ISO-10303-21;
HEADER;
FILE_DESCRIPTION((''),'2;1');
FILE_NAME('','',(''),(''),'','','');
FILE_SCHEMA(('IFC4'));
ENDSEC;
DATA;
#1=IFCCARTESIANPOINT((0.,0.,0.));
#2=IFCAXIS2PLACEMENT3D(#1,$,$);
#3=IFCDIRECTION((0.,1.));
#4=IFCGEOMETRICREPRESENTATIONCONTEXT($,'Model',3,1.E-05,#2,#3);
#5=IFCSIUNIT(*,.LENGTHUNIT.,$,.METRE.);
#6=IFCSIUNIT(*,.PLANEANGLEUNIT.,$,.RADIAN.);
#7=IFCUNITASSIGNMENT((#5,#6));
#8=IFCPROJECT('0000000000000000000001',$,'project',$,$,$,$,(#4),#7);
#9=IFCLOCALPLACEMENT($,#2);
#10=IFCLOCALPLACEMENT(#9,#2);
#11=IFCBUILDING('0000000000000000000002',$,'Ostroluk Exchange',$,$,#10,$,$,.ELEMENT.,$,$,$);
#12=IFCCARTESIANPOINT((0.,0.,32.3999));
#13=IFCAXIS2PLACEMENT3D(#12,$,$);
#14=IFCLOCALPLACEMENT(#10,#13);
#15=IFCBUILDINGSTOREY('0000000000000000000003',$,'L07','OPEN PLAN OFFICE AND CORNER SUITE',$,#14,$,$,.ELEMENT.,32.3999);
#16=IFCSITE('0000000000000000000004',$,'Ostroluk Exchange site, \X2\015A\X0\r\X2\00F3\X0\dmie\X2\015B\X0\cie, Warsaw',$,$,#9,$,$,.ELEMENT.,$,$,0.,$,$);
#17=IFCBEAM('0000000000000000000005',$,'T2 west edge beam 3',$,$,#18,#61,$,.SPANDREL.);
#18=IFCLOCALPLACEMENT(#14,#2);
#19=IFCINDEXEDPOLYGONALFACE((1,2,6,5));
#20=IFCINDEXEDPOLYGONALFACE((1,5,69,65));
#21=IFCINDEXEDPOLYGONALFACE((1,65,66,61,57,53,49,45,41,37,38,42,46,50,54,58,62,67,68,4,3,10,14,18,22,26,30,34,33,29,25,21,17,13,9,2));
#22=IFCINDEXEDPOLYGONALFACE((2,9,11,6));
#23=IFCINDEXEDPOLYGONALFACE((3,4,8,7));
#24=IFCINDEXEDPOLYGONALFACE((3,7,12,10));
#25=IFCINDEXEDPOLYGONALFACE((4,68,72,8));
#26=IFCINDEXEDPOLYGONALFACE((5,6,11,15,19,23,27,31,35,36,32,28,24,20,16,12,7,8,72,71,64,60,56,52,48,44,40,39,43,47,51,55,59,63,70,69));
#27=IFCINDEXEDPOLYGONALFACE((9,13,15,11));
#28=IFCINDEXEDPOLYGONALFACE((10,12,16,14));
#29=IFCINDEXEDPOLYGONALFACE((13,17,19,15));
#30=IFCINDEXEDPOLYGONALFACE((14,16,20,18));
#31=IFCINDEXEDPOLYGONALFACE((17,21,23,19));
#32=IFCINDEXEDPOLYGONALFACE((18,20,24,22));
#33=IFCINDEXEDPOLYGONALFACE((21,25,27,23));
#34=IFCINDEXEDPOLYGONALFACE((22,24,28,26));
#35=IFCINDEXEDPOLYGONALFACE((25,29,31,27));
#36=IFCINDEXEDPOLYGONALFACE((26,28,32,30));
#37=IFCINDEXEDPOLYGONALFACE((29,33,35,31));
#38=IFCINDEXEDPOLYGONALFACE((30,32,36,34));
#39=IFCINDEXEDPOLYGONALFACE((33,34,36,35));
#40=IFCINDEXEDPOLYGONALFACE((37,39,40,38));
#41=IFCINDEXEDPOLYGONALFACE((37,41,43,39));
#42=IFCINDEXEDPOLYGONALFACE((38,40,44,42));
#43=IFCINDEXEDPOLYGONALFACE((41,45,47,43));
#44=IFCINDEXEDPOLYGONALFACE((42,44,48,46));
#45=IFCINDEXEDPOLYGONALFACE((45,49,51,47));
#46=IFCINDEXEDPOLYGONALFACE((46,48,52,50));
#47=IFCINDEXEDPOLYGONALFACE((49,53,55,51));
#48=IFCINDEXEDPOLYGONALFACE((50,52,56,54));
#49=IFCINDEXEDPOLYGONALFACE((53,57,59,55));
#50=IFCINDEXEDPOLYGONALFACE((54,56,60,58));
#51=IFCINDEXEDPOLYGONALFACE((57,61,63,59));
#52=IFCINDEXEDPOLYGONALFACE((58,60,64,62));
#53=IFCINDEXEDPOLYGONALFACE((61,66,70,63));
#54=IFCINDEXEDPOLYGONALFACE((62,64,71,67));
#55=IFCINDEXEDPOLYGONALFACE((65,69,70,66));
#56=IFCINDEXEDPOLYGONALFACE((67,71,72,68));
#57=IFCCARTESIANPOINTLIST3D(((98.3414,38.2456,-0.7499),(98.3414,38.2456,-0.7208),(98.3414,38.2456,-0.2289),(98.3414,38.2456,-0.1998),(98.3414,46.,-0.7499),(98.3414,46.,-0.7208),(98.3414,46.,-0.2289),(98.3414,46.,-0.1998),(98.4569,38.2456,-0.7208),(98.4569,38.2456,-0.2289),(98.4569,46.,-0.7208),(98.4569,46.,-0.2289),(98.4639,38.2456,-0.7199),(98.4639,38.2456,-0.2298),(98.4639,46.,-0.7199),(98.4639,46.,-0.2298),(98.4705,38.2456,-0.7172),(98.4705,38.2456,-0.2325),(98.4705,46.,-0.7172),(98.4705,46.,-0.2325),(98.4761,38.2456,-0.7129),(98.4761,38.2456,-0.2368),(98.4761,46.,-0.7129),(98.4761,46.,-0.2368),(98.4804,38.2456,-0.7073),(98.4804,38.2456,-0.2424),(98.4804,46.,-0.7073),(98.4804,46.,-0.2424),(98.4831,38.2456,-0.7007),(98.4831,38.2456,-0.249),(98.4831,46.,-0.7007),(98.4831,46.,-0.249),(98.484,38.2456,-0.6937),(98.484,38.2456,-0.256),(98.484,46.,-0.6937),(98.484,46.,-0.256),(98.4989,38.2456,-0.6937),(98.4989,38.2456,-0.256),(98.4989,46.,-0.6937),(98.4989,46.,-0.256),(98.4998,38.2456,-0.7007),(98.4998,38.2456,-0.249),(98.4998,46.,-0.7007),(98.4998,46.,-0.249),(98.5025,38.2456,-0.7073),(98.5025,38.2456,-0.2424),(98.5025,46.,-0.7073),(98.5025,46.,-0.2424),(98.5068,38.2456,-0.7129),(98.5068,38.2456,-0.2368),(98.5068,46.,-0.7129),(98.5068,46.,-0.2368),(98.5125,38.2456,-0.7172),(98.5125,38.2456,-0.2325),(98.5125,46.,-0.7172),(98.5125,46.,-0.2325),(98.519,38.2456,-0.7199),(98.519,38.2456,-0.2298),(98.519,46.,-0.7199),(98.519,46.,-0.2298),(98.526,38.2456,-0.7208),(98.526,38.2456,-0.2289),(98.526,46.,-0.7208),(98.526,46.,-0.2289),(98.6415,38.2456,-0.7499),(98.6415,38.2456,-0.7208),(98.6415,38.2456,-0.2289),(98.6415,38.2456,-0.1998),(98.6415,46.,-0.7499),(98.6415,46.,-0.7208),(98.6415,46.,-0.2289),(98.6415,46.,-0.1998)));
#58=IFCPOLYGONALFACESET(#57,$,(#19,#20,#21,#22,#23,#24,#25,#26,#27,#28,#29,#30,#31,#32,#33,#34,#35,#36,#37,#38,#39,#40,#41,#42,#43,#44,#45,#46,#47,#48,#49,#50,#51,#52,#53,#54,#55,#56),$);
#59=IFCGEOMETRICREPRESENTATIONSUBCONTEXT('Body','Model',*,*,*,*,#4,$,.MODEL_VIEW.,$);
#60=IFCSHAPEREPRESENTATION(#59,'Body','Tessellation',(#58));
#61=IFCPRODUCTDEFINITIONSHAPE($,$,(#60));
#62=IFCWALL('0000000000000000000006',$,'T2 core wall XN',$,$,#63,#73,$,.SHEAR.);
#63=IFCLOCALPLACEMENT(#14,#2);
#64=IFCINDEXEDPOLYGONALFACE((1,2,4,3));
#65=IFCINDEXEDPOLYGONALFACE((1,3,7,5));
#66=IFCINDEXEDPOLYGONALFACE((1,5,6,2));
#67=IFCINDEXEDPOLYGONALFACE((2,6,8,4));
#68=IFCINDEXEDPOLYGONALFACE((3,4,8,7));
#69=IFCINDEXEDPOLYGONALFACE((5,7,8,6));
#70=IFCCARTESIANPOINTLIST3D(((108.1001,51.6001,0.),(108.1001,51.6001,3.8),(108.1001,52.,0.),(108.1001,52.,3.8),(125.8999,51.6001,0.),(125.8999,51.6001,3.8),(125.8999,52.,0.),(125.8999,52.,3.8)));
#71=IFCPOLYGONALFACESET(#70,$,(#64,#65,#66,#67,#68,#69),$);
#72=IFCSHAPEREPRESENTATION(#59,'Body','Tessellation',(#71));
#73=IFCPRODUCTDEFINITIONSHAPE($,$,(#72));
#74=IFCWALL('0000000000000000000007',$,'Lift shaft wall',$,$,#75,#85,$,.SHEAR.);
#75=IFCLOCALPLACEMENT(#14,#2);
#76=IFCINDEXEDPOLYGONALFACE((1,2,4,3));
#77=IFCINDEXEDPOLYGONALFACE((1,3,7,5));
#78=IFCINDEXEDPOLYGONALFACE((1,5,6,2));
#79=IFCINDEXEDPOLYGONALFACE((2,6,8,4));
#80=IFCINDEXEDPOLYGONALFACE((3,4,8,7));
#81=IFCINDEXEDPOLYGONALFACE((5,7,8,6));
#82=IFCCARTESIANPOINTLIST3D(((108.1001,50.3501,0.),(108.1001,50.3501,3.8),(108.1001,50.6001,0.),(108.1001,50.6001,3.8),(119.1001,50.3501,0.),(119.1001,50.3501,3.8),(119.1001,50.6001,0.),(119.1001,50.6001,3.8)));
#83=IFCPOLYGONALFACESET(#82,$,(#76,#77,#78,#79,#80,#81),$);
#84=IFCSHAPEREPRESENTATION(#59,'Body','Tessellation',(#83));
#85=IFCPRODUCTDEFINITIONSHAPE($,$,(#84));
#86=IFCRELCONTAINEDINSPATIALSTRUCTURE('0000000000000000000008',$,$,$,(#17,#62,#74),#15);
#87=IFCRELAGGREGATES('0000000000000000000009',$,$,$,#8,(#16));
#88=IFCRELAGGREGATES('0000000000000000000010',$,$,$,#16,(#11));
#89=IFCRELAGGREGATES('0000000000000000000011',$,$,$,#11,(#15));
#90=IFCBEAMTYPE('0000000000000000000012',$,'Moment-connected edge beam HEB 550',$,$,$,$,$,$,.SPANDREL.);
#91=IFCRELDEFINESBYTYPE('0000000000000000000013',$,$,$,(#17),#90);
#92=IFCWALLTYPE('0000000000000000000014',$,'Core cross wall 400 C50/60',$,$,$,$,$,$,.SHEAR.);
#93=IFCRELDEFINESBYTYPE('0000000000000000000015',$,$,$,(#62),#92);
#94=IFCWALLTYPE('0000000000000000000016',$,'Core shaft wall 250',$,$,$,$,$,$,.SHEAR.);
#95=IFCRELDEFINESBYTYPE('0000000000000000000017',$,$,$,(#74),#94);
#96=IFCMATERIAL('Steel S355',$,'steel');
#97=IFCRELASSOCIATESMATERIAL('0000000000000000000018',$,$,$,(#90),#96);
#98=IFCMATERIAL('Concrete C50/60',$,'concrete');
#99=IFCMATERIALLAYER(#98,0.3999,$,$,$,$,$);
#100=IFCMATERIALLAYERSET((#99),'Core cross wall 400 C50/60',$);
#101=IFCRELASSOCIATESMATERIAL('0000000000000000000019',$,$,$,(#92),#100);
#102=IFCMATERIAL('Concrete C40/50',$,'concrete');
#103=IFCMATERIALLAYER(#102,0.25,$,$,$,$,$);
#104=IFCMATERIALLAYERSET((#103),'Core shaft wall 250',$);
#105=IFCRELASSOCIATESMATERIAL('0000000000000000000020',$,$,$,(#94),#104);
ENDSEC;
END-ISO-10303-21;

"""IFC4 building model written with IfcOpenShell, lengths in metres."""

from ifc_helpers import new_model, si_unit, direction, frame, frame_2d, origin, origin_2d, place, context, subcontext, project, spatial, rectangle, i_section, extrude, material, layer, layer_set, material_profile, profile_set, type_object, element, save


model = new_model("IFC4")

# Units and contexts
model_context = context("Model", 3, precision=1e-05, world=origin(), true_north=direction((0.0, 1.0)))
body_context = subcontext(model_context, "Body", "Model", "MODEL_VIEW")
ifc_project = project(units=[si_unit("LENGTHUNIT", "METRE"), si_unit("PLANEANGLEUNIT", "RADIAN")], contexts=[model_context])

# Site, building, storey
site_placement = place(None, origin())
site = spatial("IfcSite", under=ifc_project, at=site_placement, Name="Ostroluk Exchange site, Śródmieście, Warsaw", CompositionType="ELEMENT", RefElevation=0.0)
building_placement = place(site_placement, origin())
building = spatial("IfcBuilding", under=site, at=building_placement, Name="Ostroluk Exchange", CompositionType="ELEMENT")
storey_placement = place(building_placement, frame((0.0, 0.0, 32.3999)))
storey = spatial("IfcBuildingStorey", under=building, at=storey_placement, Name="L07", Description="OPEN PLAN OFFICE AND CORNER SUITE", CompositionType="ELEMENT", Elevation=32.3999)

# Beam
ifc_material_1 = material(Name="Steel S355", Category="steel")
ifc_material_profile_1 = material_profile(ifc_material_1, i_section(OverallWidth=0.3, OverallDepth=0.55, WebThickness=0.0149, FlangeThickness=0.0291, FilletRadius=0.0271, at=origin_2d()), Name="HEB 550")
ifc_profile_set_1 = profile_set([ifc_material_profile_1], Name="Steel S355")
beam_type_1 = type_object("IfcBeamType", Name="Moment-connected edge beam HEB 550", PredefinedType="SPANDREL", material=ifc_profile_set_1)
beam_placement = place(storey_placement, frame((98.4915, 46.0, -0.4749), z_axis=(0.0, -1.0, 0.0), x_axis=(1.0, 0.0, 0.0)))
element("IfcBeam", 1, at=beam_placement, inside=storey, type_object=beam_type_1, Name="T2 west edge beam 3", PredefinedType="SPANDREL", context=body_context, shape_type="SweptSolid", body=[
    extrude(i_section(OverallWidth=0.3, OverallDepth=0.55, WebThickness=0.0149, FlangeThickness=0.0291, FilletRadius=0.0271, at=origin_2d()), origin(), (0.0, 0.0, 1.0), 7.7544),
])

# Walls
ifc_material_2 = material(Name="Concrete C50/60", Category="concrete")
ifc_layer_1 = layer(ifc_material_2, 0.3999)
ifc_layer_set_1 = layer_set([ifc_layer_1], Name="Core cross wall 400 C50/60")
wall_type_1 = type_object("IfcWallType", Name="Core cross wall 400 C50/60", PredefinedType="SHEAR", material=ifc_layer_set_1)
wall_1_placement = place(storey_placement, frame((108.1001, 51.8, 0.0), z_axis=(0.0, 0.0, 1.0), x_axis=(1.0, 0.0, 0.0)))
element("IfcWall", 2, at=wall_1_placement, inside=storey, type_object=wall_type_1, Name="T2 core wall XN", PredefinedType="SHEAR", context=body_context, shape_type="SweptSolid", body=[
    extrude(rectangle(XDim=17.7998, YDim=0.3999, at=frame_2d((8.8999, 0.0))), origin(), (0.0, 0.0, 1.0), 3.8),
])
ifc_material_3 = material(Name="Concrete C40/50", Category="concrete")
ifc_layer_2 = layer(ifc_material_3, 0.25)
ifc_layer_set_2 = layer_set([ifc_layer_2], Name="Core shaft wall 250")
wall_type_2 = type_object("IfcWallType", Name="Core shaft wall 250", PredefinedType="SHEAR", material=ifc_layer_set_2)
wall_2_placement = place(storey_placement, frame((108.1001, 50.4751, 0.0), z_axis=(0.0, 0.0, 1.0), x_axis=(1.0, 0.0, 0.0)))
element("IfcWall", 3, at=wall_2_placement, inside=storey, type_object=wall_type_2, Name="Lift shaft wall", PredefinedType="SHEAR", context=body_context, shape_type="SweptSolid", body=[
    extrude(rectangle(XDim=11.0, YDim=0.25, at=frame_2d((5.5, 0.0))), origin(), (0.0, 0.0, 1.0), 3.8),
])

save(model, "model.ifc")
